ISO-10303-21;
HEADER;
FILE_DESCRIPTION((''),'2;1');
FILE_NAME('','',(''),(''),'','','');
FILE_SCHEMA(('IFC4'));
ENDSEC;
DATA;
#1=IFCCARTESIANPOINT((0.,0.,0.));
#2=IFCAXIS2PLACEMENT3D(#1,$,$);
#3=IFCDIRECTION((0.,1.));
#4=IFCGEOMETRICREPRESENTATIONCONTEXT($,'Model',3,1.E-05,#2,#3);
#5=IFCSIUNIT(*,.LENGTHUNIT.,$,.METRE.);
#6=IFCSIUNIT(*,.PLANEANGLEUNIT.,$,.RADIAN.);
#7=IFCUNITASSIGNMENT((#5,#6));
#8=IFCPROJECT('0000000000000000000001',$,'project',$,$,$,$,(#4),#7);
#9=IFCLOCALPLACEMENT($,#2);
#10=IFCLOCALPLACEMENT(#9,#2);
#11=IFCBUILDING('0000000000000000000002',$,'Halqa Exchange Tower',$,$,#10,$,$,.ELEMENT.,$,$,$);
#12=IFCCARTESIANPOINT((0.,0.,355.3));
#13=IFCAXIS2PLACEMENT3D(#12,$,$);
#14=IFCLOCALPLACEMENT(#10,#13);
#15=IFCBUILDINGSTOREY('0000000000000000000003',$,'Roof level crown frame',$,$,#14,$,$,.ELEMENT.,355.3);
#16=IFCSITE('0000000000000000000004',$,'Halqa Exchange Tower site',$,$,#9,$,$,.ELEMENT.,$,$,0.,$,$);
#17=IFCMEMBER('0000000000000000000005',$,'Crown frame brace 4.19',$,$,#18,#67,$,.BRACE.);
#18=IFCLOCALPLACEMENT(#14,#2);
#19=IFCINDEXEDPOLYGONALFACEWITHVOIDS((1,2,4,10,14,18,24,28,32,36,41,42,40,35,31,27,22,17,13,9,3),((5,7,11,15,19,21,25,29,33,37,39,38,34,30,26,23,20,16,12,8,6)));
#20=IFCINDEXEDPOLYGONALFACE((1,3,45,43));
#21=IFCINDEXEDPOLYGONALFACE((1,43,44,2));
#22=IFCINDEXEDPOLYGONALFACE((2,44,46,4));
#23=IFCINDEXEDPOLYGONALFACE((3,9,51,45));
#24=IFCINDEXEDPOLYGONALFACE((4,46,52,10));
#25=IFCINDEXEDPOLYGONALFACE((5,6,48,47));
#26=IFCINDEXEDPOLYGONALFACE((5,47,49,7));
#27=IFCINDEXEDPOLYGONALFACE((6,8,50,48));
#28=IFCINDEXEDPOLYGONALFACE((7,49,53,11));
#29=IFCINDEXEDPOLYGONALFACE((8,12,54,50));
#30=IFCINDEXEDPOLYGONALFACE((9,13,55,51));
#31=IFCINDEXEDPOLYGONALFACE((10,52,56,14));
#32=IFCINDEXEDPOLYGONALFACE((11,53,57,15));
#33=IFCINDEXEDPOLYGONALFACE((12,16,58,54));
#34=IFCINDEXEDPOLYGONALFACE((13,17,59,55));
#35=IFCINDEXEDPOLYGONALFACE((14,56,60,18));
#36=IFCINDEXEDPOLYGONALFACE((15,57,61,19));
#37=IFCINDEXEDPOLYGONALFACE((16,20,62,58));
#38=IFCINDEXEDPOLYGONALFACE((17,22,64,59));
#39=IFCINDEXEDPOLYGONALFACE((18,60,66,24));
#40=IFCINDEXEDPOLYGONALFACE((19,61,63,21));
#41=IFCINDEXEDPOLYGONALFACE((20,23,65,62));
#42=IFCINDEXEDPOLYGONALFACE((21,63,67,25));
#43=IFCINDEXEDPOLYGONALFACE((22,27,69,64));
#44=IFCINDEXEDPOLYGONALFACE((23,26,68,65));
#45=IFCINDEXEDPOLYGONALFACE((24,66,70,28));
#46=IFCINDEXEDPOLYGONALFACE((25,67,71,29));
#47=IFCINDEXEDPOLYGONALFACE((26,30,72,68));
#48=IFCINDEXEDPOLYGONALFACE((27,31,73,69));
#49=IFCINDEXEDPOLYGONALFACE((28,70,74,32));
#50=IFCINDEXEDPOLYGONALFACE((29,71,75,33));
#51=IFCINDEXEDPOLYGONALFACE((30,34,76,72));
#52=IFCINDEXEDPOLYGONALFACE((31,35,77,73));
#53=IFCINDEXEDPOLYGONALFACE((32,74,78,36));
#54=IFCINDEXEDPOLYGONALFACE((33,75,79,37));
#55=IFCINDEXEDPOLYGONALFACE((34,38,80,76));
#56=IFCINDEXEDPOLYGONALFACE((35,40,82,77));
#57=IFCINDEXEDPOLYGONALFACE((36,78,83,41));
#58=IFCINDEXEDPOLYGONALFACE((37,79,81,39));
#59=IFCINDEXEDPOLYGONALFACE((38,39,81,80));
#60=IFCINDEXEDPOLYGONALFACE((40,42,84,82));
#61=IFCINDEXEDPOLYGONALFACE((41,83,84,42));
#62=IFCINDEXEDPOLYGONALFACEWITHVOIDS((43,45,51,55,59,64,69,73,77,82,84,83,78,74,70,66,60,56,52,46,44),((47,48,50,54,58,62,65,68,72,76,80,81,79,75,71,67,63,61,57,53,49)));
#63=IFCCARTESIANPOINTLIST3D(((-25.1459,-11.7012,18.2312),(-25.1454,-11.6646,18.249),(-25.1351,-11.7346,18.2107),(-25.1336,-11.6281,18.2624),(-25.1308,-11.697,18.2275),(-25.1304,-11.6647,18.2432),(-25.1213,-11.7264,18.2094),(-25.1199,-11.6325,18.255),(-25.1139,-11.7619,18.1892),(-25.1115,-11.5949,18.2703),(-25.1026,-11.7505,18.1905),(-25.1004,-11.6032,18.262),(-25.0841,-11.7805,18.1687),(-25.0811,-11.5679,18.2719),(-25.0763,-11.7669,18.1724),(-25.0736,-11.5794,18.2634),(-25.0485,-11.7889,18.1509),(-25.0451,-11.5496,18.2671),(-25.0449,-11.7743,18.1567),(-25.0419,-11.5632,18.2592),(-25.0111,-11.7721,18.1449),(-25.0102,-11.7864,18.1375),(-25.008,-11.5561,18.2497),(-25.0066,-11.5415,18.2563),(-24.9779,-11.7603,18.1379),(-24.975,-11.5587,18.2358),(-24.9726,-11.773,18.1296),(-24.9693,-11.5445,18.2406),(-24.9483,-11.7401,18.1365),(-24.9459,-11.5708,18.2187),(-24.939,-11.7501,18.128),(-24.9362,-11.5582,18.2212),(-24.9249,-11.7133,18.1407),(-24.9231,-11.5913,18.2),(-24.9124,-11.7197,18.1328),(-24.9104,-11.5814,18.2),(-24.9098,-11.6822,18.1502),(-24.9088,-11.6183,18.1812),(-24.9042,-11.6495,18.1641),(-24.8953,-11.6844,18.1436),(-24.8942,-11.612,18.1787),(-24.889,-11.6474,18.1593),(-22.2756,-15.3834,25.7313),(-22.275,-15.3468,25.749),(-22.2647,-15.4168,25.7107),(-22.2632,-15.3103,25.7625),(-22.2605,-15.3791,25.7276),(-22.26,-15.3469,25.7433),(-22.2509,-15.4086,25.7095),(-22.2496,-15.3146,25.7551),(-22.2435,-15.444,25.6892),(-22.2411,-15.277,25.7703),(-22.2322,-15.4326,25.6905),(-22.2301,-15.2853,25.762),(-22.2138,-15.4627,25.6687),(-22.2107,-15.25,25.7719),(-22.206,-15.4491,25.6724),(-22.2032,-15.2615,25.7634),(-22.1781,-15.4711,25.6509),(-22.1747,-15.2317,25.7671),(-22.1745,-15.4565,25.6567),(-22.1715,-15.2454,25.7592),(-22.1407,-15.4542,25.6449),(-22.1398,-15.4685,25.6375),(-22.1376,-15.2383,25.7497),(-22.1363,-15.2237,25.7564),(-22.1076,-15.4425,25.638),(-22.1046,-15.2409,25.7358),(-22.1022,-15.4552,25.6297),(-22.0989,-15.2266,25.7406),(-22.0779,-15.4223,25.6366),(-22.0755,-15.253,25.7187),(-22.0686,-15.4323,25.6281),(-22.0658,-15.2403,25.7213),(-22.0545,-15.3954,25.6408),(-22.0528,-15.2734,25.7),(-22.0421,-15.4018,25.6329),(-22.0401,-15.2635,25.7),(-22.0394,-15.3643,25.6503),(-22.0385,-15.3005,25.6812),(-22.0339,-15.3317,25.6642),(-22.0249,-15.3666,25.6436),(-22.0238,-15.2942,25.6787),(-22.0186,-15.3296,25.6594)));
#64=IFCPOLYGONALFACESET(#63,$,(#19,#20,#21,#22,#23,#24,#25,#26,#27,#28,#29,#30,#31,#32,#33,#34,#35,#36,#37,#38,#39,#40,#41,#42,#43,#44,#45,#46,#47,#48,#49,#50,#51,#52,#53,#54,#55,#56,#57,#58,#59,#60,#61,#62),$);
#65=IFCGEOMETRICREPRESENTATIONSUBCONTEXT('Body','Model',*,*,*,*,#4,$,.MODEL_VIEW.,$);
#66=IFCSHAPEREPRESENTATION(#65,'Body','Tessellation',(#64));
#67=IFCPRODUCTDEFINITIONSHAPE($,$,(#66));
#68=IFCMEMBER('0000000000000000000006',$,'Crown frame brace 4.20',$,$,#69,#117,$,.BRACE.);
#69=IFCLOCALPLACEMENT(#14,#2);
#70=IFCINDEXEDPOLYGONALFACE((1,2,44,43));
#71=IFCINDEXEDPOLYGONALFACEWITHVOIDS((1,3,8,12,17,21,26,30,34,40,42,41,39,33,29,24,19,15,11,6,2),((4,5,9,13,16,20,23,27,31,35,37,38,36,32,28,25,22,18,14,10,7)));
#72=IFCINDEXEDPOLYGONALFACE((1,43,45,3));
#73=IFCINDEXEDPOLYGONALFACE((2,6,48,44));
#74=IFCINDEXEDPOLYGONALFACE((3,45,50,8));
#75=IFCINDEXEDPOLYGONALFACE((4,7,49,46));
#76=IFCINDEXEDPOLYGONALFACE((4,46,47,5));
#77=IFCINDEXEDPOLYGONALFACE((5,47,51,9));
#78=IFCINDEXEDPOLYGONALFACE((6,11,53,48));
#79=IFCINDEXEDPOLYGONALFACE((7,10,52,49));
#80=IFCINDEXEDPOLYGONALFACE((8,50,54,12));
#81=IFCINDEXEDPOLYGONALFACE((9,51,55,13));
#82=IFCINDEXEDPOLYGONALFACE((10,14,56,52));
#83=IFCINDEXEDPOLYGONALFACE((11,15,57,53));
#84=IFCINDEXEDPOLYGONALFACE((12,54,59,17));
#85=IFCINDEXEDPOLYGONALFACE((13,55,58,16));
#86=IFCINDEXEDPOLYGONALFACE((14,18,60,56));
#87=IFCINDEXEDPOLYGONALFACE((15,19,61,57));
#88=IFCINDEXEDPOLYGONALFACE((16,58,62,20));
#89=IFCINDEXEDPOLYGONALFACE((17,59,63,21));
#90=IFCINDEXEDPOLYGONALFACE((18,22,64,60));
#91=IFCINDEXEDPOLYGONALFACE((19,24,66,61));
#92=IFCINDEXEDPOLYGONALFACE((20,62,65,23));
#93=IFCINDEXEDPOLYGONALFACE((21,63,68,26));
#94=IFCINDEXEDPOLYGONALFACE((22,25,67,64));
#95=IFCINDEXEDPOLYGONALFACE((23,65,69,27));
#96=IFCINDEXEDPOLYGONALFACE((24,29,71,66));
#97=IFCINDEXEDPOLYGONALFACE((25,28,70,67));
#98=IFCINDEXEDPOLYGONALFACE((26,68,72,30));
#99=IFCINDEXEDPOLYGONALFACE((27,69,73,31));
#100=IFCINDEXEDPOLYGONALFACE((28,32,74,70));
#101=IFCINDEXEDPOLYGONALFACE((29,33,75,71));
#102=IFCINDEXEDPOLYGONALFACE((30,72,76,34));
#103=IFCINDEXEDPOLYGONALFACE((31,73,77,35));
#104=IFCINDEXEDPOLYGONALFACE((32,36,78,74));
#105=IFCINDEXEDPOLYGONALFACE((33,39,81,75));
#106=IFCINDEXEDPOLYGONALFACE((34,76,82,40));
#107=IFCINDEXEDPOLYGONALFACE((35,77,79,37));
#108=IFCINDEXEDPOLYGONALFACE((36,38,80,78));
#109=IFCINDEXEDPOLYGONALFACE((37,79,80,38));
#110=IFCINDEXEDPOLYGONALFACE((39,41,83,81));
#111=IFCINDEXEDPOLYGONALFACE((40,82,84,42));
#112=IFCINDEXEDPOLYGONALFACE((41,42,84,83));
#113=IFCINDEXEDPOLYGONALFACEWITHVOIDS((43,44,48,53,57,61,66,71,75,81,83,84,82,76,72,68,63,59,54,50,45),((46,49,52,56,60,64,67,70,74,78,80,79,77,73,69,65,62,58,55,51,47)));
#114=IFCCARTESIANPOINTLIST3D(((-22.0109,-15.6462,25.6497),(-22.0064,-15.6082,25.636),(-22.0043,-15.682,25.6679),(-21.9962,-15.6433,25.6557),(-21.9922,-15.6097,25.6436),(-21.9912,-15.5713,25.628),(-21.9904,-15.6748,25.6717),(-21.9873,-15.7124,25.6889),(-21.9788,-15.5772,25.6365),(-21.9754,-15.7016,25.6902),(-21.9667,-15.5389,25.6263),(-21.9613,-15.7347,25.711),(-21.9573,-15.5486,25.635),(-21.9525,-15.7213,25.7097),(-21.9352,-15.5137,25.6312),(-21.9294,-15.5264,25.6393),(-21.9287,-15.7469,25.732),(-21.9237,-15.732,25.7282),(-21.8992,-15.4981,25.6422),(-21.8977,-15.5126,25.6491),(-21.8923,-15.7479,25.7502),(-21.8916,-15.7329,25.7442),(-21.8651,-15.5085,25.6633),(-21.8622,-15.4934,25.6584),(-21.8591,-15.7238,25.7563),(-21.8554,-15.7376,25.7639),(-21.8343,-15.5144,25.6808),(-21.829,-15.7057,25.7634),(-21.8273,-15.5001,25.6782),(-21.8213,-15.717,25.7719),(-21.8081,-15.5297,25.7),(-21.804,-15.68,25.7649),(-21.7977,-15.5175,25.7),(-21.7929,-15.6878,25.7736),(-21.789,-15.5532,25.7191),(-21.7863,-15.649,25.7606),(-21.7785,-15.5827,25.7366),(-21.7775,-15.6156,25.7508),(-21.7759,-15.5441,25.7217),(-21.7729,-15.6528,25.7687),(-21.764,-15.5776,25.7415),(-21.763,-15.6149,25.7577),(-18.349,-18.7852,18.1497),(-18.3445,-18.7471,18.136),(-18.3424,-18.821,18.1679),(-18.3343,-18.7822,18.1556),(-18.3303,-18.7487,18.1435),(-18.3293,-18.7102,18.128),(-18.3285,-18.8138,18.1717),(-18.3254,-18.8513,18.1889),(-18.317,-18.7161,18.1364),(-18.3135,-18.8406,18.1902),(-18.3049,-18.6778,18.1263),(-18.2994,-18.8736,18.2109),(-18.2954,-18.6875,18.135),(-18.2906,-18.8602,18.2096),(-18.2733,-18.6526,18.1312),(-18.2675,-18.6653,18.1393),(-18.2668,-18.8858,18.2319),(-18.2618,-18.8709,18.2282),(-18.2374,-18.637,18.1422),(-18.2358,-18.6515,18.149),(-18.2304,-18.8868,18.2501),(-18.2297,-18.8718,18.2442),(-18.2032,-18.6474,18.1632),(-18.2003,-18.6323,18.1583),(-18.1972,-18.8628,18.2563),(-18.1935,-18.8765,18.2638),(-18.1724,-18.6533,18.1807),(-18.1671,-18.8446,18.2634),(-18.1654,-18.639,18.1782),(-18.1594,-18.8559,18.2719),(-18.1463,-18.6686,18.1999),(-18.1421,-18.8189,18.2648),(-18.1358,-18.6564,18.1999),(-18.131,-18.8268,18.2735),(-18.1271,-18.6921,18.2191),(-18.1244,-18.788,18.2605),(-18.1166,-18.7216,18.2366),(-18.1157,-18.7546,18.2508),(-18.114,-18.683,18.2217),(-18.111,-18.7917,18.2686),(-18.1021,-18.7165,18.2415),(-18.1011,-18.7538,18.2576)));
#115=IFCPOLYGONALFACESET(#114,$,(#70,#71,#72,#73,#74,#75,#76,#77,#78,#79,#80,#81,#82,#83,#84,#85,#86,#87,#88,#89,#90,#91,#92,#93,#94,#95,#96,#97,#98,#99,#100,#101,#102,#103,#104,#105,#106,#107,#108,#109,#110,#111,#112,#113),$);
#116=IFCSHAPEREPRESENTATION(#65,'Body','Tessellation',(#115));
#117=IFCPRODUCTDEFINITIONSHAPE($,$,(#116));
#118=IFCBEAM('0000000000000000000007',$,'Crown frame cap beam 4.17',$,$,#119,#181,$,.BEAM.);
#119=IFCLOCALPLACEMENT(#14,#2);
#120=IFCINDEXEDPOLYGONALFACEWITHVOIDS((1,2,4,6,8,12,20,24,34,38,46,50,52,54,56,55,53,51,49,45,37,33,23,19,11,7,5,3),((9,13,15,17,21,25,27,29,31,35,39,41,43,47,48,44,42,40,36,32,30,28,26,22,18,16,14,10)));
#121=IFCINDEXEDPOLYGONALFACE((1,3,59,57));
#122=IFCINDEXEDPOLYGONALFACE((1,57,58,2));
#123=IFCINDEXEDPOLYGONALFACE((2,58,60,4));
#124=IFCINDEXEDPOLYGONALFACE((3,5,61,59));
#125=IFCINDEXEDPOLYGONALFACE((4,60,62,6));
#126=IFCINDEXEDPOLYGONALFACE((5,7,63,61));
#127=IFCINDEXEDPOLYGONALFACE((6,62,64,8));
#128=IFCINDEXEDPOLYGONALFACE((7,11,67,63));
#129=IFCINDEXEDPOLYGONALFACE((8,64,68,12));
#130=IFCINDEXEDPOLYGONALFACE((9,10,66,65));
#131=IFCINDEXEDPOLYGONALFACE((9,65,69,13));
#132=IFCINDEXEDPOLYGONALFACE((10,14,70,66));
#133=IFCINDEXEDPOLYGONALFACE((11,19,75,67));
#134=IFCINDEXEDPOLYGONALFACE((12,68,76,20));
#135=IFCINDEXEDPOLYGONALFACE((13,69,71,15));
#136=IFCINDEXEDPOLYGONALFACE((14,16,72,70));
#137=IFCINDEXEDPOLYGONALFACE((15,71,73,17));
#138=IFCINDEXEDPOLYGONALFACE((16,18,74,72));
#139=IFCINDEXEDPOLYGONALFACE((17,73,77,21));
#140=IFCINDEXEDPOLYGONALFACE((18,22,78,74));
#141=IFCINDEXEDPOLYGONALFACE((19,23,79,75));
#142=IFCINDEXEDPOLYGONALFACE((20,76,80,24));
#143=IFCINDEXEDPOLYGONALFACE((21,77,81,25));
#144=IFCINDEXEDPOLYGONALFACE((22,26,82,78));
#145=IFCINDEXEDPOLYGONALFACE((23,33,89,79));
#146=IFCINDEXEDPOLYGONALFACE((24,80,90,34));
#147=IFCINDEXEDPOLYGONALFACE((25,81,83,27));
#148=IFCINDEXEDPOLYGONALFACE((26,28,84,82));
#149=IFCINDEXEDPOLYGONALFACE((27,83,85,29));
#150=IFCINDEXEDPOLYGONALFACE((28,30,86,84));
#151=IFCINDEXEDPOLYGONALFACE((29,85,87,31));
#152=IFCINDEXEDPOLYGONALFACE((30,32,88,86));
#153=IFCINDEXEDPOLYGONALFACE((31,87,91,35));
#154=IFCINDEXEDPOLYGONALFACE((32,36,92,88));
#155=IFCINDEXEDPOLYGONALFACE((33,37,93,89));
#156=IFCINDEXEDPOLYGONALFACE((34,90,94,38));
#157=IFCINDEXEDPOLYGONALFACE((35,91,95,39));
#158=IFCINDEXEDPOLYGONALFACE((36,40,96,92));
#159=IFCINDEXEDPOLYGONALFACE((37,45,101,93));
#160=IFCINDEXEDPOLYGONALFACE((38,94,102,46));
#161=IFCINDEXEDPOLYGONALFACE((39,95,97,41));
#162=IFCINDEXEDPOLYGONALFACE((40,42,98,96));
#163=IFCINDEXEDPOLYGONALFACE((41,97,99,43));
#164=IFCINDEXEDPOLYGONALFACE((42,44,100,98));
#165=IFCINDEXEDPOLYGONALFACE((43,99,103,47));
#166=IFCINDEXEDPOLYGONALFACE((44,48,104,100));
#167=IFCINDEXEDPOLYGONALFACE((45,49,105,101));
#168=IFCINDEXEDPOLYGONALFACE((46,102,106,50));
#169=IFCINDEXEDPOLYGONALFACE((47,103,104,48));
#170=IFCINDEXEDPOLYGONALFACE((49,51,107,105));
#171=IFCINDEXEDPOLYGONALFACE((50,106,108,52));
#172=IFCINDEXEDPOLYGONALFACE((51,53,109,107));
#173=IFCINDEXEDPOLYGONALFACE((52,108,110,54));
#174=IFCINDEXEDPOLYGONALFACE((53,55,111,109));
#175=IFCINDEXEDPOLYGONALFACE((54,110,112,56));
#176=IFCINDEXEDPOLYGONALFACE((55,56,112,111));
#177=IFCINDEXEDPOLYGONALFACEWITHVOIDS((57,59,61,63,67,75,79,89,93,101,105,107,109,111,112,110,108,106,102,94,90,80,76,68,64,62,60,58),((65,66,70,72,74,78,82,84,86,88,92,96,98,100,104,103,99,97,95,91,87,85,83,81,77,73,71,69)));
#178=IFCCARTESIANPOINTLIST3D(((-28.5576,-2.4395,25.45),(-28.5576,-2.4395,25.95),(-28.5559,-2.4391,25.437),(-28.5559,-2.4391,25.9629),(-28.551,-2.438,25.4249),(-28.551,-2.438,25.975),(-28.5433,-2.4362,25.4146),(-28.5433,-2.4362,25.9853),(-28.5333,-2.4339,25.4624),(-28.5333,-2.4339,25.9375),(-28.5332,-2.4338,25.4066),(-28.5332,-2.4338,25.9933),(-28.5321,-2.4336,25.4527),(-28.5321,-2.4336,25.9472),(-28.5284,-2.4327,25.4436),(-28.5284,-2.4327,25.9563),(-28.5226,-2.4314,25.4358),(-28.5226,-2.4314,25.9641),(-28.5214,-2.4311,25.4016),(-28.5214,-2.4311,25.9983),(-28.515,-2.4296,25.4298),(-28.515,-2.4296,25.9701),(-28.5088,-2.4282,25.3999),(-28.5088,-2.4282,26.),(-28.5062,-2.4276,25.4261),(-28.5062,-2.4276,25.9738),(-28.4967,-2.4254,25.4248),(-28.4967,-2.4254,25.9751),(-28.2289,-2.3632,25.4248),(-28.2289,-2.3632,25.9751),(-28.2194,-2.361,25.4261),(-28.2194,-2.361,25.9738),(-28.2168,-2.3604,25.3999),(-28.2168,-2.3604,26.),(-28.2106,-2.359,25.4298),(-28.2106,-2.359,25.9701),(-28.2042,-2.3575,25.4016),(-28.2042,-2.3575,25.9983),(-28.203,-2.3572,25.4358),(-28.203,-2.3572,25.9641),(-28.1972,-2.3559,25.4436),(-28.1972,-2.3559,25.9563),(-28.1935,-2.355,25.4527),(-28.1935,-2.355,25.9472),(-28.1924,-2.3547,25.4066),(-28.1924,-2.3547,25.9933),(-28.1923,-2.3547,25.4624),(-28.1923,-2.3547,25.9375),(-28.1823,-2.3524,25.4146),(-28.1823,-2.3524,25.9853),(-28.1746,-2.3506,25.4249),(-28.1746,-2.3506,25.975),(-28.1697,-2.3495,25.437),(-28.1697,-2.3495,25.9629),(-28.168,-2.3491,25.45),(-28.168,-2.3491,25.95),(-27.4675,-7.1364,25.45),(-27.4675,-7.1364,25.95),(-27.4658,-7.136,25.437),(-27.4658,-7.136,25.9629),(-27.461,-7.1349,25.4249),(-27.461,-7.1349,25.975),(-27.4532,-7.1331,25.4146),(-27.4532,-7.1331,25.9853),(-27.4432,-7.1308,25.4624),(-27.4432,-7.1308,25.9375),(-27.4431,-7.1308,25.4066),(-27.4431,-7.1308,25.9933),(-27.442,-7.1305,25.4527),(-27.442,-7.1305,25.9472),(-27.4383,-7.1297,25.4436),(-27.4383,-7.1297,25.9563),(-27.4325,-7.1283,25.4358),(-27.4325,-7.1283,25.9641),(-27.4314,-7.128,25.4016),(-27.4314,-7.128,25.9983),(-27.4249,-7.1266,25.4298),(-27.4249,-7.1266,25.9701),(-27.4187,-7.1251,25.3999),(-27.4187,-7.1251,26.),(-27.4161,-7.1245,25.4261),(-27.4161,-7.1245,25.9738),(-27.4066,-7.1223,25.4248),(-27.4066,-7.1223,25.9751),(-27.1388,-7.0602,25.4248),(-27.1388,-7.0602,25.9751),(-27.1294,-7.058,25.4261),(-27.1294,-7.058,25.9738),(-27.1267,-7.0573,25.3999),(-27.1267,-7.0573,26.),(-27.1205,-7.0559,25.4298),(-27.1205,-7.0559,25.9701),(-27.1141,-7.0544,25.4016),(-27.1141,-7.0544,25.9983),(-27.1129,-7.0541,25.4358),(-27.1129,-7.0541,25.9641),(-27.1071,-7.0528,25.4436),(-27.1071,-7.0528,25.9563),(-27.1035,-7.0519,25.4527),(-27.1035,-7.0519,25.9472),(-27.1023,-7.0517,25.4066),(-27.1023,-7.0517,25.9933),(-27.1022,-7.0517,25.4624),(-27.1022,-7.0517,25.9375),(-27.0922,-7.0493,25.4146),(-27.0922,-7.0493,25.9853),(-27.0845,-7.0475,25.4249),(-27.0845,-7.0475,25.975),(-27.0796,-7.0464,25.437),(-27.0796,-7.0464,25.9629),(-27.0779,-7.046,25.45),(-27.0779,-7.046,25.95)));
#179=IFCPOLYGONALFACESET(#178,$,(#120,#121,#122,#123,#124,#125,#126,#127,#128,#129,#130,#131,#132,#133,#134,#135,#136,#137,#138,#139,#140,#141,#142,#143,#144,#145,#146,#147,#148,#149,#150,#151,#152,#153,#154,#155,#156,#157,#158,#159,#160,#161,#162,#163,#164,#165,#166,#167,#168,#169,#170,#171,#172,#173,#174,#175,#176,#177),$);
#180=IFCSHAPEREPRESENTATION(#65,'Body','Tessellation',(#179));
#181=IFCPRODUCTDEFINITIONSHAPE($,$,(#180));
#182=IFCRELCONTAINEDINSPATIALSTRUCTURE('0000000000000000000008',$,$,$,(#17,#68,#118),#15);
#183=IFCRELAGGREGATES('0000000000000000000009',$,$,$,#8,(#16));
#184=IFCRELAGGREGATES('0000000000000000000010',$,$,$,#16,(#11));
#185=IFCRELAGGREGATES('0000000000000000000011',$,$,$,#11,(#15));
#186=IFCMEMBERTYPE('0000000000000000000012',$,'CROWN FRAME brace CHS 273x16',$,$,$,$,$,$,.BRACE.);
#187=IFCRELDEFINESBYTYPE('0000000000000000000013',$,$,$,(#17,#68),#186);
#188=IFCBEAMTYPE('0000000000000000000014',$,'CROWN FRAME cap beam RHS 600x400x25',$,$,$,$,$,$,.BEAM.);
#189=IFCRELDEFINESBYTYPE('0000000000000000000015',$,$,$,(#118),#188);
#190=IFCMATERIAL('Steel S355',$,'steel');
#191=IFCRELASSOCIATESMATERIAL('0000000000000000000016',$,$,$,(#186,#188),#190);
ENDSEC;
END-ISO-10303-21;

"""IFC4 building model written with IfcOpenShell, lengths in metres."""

from ifc_helpers import new_model, si_unit, direction, frame, origin, origin_2d, place, context, subcontext, project, spatial, hollow_rectangle, hollow_circle, extrude, material, material_profile, profile_set, type_object, element, save


model = new_model("IFC4")

# Units and contexts
model_context = context("Model", 3, precision=1e-05, world=origin(), true_north=direction((0.0, 1.0)))
body_context = subcontext(model_context, "Body", "Model", "MODEL_VIEW")
ifc_project = project(units=[si_unit("LENGTHUNIT", "METRE"), si_unit("PLANEANGLEUNIT", "RADIAN")], contexts=[model_context])

# Site, building, storey
site_placement = place(None, origin())
site = spatial("IfcSite", under=ifc_project, at=site_placement, Name="Halqa Exchange Tower site", CompositionType="ELEMENT", RefElevation=0.0)
building_placement = place(site_placement, origin())
building = spatial("IfcBuilding", under=site, at=building_placement, Name="Halqa Exchange Tower", CompositionType="ELEMENT")
storey_placement = place(building_placement, frame((0.0, 0.0, 355.3)))
storey = spatial("IfcBuildingStorey", under=building, at=storey_placement, Name="Roof level crown frame", CompositionType="ELEMENT", Elevation=355.3)

# Members
ifc_material_1 = material(Name="Steel S355", Category="steel")
ifc_material_profile_1 = material_profile(ifc_material_1, hollow_circle(Radius=0.1365, WallThickness=0.0161, at=origin_2d()), Name="CHS 273x16")
ifc_profile_set_1 = profile_set([ifc_material_profile_1], Name="Steel S355")
member_type = type_object("IfcMemberType", Name="CROWN FRAME brace CHS 273x16", PredefinedType="BRACE", material=ifc_profile_set_1)
member_1_placement = place(storey_placement, frame((-25.0181, -11.6653, 18.2), z_axis=(0.324906, -0.416793, 0.848952), x_axis=(0.788679, 0.614805, 0.0)))
element("IfcMember", 1, at=member_1_placement, inside=storey, type_object=member_type, Name="Crown frame brace 4.19", PredefinedType="BRACE", context=body_context, shape_type="SweptSolid", body=[
    extrude(hollow_circle(Radius=0.1365, WallThickness=0.0161, at=origin_2d()), origin(), (0.0, 0.0, 1.0), 8.8345),
])
member_2_placement = place(storey_placement, frame((-21.8865, -15.6211, 25.7), z_axis=(0.410663, -0.352017, -0.841094), x_axis=(0.650812, 0.759239, 0.0)))
element("IfcMember", 2, at=member_2_placement, inside=storey, type_object=member_type, Name="Crown frame brace 4.20", PredefinedType="BRACE", context=body_context, shape_type="SweptSolid", body=[
    extrude(hollow_circle(Radius=0.1365, WallThickness=0.0161, at=origin_2d()), origin(), (0.0, 0.0, 1.0), 8.917),
])

# Beam
ifc_material_profile_2 = material_profile(ifc_material_1, hollow_rectangle(XDim=0.3999, YDim=0.6001, WallThickness=0.0249, InnerFilletRadius=0.0376, OuterFilletRadius=0.05, at=origin_2d()), Name="RHS 600x400x25")
ifc_profile_set_2 = profile_set([ifc_material_profile_2], Name="Steel S355")
beam_type_1 = type_object("IfcBeamType", Name="CROWN FRAME cap beam RHS 600x400x25", PredefinedType="BEAM", material=ifc_profile_set_2)
beam_1_placement = place(storey_placement, frame((-28.3628, -2.3943, 25.7), z_axis=(0.226072, -0.974111, 0.0), x_axis=(0.974111, 0.226072, 0.0)))
element("IfcBeam", 3, at=beam_1_placement, inside=storey, type_object=beam_type_1, Name="Crown frame cap beam 4.17", PredefinedType="BEAM", context=body_context, shape_type="SweptSolid", body=[
    extrude(hollow_rectangle(XDim=0.3999, YDim=0.6001, WallThickness=0.0249, InnerFilletRadius=0.0376, OuterFilletRadius=0.05, at=origin_2d()), origin(), (0.0, 0.0, 1.0), 4.8218),
])

save(model, "model.ifc")
